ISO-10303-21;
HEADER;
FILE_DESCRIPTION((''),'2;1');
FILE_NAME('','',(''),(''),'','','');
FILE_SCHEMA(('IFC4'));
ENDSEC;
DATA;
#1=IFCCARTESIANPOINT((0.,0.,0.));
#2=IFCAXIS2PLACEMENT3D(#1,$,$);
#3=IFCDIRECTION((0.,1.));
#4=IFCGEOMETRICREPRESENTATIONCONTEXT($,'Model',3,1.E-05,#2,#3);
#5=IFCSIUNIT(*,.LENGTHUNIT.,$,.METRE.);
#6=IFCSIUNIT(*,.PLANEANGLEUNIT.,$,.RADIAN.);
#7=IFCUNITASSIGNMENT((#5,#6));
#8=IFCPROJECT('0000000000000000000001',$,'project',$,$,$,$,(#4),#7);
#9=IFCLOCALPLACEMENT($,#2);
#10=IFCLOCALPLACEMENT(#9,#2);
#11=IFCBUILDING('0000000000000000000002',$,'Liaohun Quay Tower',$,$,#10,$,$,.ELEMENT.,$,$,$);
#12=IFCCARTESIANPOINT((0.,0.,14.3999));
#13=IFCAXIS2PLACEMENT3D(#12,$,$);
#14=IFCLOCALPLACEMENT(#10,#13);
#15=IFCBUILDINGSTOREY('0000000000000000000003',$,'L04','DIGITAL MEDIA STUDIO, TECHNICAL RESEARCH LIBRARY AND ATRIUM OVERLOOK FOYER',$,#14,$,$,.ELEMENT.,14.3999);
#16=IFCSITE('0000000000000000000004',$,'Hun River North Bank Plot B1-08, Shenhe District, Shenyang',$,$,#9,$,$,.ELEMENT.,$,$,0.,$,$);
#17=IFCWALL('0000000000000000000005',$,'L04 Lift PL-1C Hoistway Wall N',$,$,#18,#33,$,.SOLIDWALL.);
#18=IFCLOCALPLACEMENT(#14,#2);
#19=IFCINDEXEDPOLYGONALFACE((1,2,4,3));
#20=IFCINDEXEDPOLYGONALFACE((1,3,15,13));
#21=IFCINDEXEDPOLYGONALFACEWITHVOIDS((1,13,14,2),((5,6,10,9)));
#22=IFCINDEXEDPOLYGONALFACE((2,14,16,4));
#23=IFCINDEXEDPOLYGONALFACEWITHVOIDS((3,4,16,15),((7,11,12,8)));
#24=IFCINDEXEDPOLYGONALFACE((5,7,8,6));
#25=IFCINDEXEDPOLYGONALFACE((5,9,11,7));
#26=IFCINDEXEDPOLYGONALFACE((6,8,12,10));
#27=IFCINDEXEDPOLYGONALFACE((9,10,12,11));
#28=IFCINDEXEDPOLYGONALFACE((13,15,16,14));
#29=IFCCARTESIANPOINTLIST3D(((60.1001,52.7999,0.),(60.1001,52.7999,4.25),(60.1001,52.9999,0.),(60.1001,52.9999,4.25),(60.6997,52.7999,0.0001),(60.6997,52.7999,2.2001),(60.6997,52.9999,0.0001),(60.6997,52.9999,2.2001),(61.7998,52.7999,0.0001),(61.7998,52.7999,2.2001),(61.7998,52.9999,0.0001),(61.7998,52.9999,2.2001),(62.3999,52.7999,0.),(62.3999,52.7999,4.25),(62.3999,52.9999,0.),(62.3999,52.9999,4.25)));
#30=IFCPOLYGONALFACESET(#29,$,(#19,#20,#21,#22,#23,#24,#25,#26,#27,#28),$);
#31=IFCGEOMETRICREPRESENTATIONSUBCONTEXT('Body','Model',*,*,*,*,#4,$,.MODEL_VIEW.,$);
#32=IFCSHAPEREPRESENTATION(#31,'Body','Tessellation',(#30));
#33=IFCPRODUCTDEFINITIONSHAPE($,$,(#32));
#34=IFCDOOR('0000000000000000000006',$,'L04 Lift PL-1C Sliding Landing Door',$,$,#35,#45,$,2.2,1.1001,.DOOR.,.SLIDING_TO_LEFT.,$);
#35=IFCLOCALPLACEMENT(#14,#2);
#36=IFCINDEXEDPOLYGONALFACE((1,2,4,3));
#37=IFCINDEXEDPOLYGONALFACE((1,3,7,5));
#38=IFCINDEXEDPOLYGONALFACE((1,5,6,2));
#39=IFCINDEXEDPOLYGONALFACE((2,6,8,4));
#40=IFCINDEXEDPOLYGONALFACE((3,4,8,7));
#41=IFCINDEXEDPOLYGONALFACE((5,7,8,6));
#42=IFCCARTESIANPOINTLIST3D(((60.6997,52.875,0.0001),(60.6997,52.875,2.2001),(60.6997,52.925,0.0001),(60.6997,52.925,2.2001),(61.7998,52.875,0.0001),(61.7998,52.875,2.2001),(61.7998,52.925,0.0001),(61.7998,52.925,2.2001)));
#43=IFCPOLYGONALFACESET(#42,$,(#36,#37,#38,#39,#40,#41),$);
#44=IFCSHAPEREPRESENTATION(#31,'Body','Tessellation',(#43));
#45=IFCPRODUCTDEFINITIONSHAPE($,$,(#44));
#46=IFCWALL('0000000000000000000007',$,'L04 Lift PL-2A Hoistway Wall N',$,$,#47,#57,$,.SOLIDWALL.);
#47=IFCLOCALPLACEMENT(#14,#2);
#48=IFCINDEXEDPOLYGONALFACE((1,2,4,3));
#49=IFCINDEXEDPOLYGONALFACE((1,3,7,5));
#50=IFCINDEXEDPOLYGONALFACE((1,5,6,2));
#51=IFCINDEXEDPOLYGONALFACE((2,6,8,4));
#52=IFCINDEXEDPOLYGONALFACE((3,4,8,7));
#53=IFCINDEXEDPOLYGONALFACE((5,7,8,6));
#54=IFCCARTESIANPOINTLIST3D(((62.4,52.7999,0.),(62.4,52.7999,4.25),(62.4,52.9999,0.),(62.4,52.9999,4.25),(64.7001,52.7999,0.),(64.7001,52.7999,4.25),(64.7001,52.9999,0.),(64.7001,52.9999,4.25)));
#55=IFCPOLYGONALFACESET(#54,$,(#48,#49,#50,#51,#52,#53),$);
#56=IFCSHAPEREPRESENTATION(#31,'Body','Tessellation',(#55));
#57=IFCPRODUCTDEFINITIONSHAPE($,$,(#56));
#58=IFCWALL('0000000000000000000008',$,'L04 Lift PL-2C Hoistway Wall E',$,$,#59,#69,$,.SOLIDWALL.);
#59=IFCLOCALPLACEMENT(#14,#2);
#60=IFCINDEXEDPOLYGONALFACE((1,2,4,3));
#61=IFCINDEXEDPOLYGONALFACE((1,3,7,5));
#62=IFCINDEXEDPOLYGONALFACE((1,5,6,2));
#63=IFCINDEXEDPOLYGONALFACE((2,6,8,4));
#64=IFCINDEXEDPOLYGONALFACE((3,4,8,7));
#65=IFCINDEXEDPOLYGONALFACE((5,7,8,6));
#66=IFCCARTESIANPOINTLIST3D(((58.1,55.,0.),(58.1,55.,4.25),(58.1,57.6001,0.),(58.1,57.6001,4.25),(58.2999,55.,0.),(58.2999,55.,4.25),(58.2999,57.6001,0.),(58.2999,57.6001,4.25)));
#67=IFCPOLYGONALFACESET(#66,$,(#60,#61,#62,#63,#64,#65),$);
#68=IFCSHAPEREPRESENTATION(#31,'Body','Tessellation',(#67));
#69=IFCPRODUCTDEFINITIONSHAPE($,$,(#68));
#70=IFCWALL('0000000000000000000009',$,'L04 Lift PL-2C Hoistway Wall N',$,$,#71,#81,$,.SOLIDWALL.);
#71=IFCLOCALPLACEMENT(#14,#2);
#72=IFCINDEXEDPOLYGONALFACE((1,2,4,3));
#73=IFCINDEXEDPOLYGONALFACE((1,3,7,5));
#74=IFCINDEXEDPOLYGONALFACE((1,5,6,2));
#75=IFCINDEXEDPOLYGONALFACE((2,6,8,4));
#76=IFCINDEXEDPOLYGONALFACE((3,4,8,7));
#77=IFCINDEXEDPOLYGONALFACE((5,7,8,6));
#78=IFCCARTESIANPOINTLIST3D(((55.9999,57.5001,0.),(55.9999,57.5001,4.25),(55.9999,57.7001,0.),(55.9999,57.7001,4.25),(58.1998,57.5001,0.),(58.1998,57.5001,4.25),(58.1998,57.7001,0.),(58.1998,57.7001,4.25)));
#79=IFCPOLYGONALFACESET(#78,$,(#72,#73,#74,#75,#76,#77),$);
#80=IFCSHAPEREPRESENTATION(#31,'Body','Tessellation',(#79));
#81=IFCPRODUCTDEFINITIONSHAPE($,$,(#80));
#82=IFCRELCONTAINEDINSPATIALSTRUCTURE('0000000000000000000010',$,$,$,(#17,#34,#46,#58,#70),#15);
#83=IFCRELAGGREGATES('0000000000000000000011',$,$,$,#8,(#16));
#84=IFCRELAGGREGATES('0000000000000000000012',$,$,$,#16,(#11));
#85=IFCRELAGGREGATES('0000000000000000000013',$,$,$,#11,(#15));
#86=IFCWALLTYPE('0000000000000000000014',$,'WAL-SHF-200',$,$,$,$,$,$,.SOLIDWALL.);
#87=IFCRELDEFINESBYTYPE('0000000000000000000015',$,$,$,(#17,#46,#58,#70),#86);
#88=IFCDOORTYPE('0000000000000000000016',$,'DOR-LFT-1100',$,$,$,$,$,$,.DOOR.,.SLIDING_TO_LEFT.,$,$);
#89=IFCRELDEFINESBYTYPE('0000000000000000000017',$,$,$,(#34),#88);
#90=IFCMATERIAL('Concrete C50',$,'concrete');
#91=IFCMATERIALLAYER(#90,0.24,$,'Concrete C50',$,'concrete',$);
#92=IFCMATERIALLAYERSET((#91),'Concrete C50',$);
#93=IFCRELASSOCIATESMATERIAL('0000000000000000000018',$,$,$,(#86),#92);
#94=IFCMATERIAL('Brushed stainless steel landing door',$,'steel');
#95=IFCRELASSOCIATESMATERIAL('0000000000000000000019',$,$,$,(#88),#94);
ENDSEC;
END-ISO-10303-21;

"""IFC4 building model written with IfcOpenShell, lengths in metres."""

from ifc_helpers import new_model, si_unit, direction, frame, frame_2d, origin, place, context, subcontext, project, spatial, rectangle, extrude, source, transform, mapped, material, layer, layer_set, type_object, element, fill, save


model = new_model("IFC4")

# Units and contexts
model_context = context("Model", 3, precision=1e-05, world=origin(), true_north=direction((0.0, 1.0)))
body_context = subcontext(model_context, "Body", "Model", "MODEL_VIEW")
ifc_project = project(units=[si_unit("LENGTHUNIT", "METRE"), si_unit("PLANEANGLEUNIT", "RADIAN")], contexts=[model_context])

# Site, building, storey
site_placement = place(None, origin())
site = spatial("IfcSite", under=ifc_project, at=site_placement, Name="Hun River North Bank Plot B1-08, Shenhe District, Shenyang", CompositionType="ELEMENT", RefElevation=0.0)
building_placement = place(site_placement, origin())
building = spatial("IfcBuilding", under=site, at=building_placement, Name="Liaohun Quay Tower", CompositionType="ELEMENT")
storey_placement = place(building_placement, frame((0.0, 0.0, 14.3999)))
storey = spatial("IfcBuildingStorey", under=building, at=storey_placement, Name="L04", Description="DIGITAL MEDIA STUDIO, TECHNICAL RESEARCH LIBRARY AND ATRIUM OVERLOOK FOYER", CompositionType="ELEMENT", Elevation=14.3999)

# Shared definitions
ifc_material_1 = material(Name="Concrete C50", Category="concrete")
ifc_layer_1 = layer(ifc_material_1, 0.24, Name="Concrete C50", Category="concrete")
ifc_layer_set_1 = layer_set([ifc_layer_1], Name="Concrete C50")
wall_type_1 = type_object("IfcWallType", Name="WAL-SHF-200", PredefinedType="SOLIDWALL", material=ifc_layer_set_1)

# Wall, opening, door
shared_shape_1 = source(origin(), body_context, "Body", "SweptSolid", [
    extrude(rectangle(XDim=1.1001, YDim=2.2, at=frame_2d((0.55, 1.1001))), frame((0.0, 0.1099, 0.0), z_axis=(0.0, -1.0, 0.0), x_axis=(1.0, 0.0, 0.0)), (0.0, 0.0, 1.0), 0.22),
])
ifc_material_2 = material(Name="Brushed stainless steel landing door", Category="steel")
door_type_1 = type_object("IfcDoorType", Name="DOR-LFT-1100", OperationType="SLIDING_TO_LEFT", PredefinedType="DOOR", material=ifc_material_2)
shared_shape_2 = source(origin(), body_context, "Body", "SweptSolid", [
    extrude(rectangle(XDim=1.1001, YDim=2.2, at=frame_2d((0.55, 1.1001))), frame((0.0, 0.0249, 0.0), z_axis=(0.0, -1.0, 0.0), x_axis=(1.0, 0.0, 0.0)), (0.0, 0.0, 1.0), 0.05),
])
wall_1_placement = place(storey_placement, frame((62.3999, 52.8999, 0.0), z_axis=(0.0, 0.0, 1.0), x_axis=(-1.0, 0.0, 0.0)))
wall_1 = element("IfcWall", 1, at=wall_1_placement, inside=storey, type_object=wall_type_1, Name="L04 Lift PL-1C Hoistway Wall N", PredefinedType="SOLIDWALL", context=body_context, shape_type="SweptSolid", body=[
    extrude(rectangle(XDim=2.2998, YDim=0.2, at=frame_2d((1.1499, 0.0))), origin(), (0.0, 0.0, 1.0), 4.25),
])
opening_1_placement = place(wall_1_placement, frame((0.6001, 0.0, 0.0)))
opening_1 = element("IfcOpeningElement", 2, at=opening_1_placement, cuts=wall_1, PredefinedType="OPENING", context=body_context, shape_type="MappedRepresentation", body=[
    mapped(shared_shape_1, transform((0.0, 0.0, 0.0), x_axis=(1.0, 0.0, 0.0), y_axis=(0.0, 1.0, 0.0), z_axis=(0.0, 0.0, 1.0), scale=1.0)),
])
door_1_placement = place(opening_1_placement, origin())
door_1 = element("IfcDoor", 3, at=door_1_placement, inside=storey, type_object=door_type_1, Name="L04 Lift PL-1C Sliding Landing Door", OperationType="SLIDING_TO_LEFT", OverallHeight=2.2, OverallWidth=1.1001, PredefinedType="DOOR", context=body_context, shape_type="MappedRepresentation", body=[
    mapped(shared_shape_2, transform((0.0, 0.0, 0.0), x_axis=(1.0, 0.0, 0.0), y_axis=(0.0, 1.0, 0.0), z_axis=(0.0, 0.0, 1.0), scale=1.0)),
])
fill(opening_1, door_1)

# Walls
wall_2_placement = place(storey_placement, frame((64.7, 52.8999, 0.0), z_axis=(0.0, 0.0, 1.0), x_axis=(-1.0, 0.0, 0.0)))
element("IfcWall", 4, at=wall_2_placement, inside=storey, type_object=wall_type_1, Name="L04 Lift PL-2A Hoistway Wall N", PredefinedType="SOLIDWALL", context=body_context, shape_type="SweptSolid", body=[
    extrude(rectangle(XDim=2.3, YDim=0.2, at=frame_2d((1.1499, 0.0))), origin(), (0.0, 0.0, 1.0), 4.25),
])
wall_3_placement = place(storey_placement, frame((58.2, 55.0, 0.0), z_axis=(0.0, 0.0, 1.0), x_axis=(0.0, 1.0, 0.0)))
element("IfcWall", 5, at=wall_3_placement, inside=storey, type_object=wall_type_1, Name="L04 Lift PL-2C Hoistway Wall E", PredefinedType="SOLIDWALL", context=body_context, shape_type="SweptSolid", body=[
    extrude(rectangle(XDim=2.6001, YDim=0.2, at=frame_2d((1.3, 0.0))), origin(), (0.0, 0.0, 1.0), 4.25),
])
wall_4_placement = place(storey_placement, frame((58.2, 57.6001, 0.0), z_axis=(0.0, 0.0, 1.0), x_axis=(-1.0, 0.0, 0.0)))
element("IfcWall", 6, at=wall_4_placement, inside=storey, type_object=wall_type_1, Name="L04 Lift PL-2C Hoistway Wall N", PredefinedType="SOLIDWALL", context=body_context, shape_type="SweptSolid", body=[
    extrude(rectangle(XDim=2.2, YDim=0.2, at=frame_2d((1.1001, 0.0))), origin(), (0.0, 0.0, 1.0), 4.25),
])

save(model, "model.ifc")
